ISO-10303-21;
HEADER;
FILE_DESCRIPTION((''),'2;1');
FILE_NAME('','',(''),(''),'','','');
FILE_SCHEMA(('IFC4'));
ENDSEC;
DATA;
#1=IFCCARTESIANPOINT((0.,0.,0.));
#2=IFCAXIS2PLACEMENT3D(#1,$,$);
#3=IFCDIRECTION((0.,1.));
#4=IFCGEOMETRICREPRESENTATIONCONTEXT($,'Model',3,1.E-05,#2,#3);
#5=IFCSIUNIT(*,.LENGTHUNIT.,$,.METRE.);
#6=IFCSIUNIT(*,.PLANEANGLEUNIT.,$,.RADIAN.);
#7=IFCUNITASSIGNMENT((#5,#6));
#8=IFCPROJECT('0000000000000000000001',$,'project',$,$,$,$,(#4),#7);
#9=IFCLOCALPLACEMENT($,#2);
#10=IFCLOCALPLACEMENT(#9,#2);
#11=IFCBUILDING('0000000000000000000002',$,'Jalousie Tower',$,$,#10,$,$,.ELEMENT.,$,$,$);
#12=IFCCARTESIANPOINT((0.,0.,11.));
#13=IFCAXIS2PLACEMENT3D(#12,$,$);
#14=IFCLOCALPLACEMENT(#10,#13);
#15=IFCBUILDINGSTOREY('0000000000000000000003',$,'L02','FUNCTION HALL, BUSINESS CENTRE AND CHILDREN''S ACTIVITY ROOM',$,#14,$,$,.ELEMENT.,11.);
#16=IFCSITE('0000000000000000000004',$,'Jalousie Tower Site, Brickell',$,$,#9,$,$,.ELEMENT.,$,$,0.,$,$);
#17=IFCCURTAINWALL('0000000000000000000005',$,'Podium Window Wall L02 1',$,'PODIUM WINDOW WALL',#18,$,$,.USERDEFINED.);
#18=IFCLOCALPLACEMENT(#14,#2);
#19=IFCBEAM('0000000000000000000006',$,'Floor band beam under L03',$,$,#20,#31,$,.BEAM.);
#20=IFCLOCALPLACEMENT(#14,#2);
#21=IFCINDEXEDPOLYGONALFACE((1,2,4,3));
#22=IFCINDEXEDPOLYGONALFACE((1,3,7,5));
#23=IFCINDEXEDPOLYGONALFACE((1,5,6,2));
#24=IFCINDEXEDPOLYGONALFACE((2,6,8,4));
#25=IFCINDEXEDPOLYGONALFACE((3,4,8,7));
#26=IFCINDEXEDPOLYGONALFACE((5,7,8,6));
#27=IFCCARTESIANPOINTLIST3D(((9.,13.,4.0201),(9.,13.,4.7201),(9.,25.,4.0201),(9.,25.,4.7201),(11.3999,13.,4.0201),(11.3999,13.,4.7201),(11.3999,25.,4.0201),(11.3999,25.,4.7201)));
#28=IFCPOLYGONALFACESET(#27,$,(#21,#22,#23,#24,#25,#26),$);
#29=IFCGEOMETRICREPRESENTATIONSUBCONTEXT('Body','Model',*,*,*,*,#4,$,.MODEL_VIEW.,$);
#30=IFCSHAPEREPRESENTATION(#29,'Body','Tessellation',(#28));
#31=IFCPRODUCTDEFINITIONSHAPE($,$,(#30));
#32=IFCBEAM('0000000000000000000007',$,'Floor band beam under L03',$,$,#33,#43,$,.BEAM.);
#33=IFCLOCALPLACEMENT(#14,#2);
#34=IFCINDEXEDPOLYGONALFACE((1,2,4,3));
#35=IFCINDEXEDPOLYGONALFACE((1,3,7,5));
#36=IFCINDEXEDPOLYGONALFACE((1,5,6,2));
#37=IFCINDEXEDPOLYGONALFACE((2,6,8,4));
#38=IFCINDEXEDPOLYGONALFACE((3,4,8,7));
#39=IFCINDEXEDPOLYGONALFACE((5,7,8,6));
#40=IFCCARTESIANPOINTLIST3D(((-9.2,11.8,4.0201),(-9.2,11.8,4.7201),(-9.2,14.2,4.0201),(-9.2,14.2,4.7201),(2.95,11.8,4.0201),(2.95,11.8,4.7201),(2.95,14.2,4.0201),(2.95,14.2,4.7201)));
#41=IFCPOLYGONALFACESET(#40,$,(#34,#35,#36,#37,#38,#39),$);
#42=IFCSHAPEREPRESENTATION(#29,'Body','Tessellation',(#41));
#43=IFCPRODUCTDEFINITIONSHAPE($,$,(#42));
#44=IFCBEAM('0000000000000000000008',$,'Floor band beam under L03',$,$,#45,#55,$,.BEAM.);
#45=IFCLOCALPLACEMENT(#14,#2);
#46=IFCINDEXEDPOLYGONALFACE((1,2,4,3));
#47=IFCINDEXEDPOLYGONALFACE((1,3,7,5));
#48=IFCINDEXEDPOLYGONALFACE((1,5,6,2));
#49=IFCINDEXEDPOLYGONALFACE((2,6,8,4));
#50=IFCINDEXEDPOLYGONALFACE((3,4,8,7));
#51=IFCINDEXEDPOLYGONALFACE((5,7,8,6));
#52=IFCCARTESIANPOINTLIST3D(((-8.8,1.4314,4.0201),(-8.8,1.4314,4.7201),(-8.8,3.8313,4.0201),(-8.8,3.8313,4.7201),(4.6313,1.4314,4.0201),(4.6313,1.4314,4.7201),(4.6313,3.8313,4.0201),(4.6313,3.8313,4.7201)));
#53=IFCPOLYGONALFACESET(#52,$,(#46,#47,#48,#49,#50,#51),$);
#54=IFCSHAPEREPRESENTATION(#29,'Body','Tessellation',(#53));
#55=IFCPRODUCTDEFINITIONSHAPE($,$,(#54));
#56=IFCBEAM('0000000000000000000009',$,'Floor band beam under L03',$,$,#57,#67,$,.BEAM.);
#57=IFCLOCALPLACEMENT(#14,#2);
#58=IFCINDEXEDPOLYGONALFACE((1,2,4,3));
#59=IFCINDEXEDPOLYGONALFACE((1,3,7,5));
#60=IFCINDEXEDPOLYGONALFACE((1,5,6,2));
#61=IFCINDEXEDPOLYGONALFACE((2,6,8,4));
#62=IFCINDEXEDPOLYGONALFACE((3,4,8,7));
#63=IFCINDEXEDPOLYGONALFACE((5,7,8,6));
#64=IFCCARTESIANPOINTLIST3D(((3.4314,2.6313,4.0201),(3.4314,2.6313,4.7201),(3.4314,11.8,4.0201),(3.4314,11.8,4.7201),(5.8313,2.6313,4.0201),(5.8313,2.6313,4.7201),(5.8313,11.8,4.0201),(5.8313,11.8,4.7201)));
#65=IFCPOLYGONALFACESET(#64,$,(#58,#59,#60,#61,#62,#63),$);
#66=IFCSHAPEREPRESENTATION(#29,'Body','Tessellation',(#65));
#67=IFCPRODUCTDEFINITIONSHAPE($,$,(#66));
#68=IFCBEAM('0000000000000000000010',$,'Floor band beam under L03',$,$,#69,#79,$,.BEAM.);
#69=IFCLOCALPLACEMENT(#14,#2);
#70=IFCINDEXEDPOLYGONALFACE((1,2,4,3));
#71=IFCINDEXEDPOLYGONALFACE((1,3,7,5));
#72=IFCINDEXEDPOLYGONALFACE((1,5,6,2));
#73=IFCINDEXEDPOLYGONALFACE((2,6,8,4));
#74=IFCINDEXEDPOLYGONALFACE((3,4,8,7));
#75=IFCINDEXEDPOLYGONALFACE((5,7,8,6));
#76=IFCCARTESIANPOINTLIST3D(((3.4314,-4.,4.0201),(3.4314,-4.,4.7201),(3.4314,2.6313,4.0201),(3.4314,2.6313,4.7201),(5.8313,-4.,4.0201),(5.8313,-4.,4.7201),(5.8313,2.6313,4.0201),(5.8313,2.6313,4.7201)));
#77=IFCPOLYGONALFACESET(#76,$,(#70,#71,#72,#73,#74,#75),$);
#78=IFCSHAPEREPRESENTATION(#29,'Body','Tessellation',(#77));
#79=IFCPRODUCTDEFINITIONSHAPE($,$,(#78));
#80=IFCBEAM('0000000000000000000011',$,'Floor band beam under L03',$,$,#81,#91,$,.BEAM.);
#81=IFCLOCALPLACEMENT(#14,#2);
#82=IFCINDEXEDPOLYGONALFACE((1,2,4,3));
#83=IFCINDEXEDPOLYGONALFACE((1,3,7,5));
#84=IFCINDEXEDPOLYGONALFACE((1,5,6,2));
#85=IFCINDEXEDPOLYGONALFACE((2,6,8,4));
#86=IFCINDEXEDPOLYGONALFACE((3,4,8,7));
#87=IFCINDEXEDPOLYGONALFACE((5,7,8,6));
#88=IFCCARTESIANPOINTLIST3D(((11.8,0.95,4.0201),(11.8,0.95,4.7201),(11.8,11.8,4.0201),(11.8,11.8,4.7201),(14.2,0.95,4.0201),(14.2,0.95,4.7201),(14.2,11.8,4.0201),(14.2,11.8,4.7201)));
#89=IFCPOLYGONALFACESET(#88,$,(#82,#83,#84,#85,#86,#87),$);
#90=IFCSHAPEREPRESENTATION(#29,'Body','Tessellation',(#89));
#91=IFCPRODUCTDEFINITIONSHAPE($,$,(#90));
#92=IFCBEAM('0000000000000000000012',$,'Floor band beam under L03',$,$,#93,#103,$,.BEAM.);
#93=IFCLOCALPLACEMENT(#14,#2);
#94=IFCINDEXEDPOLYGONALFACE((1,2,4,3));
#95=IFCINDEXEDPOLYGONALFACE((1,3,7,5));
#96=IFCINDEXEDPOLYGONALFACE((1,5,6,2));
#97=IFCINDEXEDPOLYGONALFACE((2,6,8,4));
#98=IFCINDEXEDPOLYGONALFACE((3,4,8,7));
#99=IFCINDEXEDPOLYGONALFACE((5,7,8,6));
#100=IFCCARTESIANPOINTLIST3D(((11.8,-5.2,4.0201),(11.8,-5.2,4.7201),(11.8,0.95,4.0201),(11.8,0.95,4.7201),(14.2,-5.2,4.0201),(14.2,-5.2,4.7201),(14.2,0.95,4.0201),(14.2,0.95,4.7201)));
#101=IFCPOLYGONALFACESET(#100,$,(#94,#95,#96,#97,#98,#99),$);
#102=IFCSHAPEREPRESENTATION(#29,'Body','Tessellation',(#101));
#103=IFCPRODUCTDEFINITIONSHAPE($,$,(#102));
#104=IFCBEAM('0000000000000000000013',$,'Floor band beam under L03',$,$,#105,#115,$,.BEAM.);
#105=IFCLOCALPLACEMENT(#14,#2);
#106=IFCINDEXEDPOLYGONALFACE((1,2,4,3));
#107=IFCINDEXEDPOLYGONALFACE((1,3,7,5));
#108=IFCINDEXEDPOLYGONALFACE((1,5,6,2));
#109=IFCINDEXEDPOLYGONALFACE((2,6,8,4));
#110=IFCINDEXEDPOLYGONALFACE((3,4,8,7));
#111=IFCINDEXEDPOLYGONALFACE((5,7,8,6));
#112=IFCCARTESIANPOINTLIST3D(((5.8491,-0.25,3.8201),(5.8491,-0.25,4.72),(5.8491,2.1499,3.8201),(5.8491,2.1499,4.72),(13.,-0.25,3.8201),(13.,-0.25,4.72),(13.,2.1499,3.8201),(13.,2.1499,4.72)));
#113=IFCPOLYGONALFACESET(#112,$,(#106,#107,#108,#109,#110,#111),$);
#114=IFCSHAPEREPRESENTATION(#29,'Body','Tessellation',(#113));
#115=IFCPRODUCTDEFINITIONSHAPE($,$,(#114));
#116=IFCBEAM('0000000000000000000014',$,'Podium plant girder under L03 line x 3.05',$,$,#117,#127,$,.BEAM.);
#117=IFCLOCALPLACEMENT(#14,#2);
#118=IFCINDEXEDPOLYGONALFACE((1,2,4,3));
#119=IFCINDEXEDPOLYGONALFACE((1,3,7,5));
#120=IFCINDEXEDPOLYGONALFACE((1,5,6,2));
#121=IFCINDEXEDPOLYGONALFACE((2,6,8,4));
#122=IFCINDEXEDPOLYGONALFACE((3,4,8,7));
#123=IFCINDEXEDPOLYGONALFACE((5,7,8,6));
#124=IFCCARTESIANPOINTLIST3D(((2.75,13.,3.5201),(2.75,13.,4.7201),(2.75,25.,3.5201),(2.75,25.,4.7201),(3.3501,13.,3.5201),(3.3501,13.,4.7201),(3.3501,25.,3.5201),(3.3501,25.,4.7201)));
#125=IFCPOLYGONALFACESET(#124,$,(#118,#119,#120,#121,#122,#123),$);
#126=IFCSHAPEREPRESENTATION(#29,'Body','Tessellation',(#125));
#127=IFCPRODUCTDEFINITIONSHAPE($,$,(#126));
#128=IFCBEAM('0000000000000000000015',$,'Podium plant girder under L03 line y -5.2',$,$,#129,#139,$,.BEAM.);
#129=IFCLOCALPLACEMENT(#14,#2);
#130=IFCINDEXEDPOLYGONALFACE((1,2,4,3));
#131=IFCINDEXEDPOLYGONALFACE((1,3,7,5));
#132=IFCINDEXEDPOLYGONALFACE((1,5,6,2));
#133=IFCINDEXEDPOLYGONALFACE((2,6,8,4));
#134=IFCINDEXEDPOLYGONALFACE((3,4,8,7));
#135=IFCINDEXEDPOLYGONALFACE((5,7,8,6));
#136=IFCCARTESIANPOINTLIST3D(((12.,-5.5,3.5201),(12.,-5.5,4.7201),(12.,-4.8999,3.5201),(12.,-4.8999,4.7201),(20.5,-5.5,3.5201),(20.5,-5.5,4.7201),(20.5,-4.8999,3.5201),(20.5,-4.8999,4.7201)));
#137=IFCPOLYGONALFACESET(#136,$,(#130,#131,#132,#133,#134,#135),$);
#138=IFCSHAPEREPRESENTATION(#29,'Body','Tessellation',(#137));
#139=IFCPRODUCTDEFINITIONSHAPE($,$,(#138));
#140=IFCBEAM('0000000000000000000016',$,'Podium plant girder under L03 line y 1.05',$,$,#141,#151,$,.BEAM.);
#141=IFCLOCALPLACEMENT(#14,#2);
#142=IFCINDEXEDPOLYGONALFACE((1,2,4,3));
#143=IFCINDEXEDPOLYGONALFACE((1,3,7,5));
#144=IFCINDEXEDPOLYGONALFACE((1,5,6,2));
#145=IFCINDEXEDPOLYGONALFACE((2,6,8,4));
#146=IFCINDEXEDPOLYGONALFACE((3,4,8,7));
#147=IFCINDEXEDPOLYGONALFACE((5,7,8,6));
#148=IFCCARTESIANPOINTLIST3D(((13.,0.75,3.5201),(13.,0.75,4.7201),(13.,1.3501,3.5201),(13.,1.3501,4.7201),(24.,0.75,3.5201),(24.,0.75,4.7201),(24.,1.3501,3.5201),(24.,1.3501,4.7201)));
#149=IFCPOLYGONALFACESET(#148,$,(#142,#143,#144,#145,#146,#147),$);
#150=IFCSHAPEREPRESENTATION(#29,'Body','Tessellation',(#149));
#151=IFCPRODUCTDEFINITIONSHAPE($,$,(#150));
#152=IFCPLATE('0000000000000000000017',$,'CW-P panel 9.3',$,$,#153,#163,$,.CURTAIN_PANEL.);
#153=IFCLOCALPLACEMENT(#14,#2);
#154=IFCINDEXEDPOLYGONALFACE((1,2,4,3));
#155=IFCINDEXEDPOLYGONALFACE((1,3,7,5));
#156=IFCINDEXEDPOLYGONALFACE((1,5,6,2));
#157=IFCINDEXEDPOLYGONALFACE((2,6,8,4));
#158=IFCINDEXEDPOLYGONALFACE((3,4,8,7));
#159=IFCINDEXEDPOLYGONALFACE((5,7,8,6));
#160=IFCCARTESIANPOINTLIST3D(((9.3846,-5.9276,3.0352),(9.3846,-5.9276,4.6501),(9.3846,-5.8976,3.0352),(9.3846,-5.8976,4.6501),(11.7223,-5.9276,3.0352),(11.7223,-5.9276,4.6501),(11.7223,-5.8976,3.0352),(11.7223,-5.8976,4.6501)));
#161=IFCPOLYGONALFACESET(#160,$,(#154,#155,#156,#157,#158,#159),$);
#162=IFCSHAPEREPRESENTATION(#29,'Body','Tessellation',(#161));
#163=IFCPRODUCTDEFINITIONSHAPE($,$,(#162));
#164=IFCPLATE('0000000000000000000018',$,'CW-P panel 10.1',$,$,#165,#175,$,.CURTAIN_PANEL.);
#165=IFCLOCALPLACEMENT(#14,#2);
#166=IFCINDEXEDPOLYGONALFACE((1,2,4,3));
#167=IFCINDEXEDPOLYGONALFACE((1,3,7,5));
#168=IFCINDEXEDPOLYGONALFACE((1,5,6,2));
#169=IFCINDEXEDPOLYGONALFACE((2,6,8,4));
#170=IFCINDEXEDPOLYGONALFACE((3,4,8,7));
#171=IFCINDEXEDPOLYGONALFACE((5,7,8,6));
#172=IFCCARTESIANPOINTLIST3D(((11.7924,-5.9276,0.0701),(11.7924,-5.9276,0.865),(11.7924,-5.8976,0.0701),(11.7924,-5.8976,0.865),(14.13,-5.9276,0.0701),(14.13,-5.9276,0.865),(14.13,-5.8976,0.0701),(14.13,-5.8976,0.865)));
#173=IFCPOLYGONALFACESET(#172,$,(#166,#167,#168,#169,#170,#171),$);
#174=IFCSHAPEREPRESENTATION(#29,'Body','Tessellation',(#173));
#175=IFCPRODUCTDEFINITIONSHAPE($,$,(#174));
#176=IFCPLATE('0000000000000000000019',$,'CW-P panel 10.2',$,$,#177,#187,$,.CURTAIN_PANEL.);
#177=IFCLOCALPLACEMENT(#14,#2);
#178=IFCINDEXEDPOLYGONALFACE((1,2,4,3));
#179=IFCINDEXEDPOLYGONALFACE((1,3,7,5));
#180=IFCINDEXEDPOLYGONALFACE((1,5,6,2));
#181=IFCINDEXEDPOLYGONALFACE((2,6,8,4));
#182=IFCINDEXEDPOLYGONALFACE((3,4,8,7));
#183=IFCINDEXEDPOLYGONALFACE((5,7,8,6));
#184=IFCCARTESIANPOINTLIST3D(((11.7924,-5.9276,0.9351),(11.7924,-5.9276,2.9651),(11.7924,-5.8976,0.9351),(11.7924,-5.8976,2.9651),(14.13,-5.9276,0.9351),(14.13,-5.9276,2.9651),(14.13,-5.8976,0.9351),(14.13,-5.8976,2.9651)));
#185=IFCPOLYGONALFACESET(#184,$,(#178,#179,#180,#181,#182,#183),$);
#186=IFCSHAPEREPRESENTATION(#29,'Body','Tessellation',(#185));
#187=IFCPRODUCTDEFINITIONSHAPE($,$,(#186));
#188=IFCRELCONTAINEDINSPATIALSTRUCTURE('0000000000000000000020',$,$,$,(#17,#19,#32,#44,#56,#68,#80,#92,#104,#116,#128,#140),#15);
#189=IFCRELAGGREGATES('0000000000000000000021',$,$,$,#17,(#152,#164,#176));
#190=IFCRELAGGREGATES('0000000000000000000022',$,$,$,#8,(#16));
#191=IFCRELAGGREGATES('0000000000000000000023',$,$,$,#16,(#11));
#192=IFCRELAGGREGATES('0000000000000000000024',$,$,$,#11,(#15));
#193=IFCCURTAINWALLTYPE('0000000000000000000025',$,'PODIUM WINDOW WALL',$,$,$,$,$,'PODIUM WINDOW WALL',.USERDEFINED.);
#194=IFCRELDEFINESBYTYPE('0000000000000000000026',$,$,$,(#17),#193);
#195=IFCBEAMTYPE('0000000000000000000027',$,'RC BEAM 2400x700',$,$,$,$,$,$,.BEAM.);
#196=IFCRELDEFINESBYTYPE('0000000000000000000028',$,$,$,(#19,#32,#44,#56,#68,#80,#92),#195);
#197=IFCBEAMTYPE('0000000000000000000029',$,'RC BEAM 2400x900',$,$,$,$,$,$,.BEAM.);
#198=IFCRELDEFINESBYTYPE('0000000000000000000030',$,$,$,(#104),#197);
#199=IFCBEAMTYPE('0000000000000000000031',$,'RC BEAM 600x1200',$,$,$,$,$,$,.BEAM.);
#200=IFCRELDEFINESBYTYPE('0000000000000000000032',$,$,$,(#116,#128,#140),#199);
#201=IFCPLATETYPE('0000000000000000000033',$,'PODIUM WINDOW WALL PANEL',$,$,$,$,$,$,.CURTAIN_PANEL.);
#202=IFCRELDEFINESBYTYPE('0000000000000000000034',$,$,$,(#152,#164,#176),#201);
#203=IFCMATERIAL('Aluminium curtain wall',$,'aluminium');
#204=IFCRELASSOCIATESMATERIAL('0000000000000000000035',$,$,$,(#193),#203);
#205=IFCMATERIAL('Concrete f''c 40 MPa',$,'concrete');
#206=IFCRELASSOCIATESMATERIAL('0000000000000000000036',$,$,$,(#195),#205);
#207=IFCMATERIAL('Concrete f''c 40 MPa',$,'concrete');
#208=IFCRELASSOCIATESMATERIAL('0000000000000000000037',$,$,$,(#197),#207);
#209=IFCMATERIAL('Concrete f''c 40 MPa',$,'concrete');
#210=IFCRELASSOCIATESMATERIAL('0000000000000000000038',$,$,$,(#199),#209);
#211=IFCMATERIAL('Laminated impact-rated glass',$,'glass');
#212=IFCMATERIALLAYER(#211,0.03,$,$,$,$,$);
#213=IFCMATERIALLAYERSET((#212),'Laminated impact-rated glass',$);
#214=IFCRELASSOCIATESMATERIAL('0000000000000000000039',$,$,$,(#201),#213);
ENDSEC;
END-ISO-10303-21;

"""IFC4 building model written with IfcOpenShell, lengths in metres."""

from ifc_helpers import new_model, si_unit, direction, frame, origin, origin_2d, place, context, subcontext, project, spatial, rectangle, extrude, material, layer, layer_set, material_profile, profile_set, type_object, element, aggregate, save


model = new_model("IFC4")

# Units and contexts
model_context = context("Model", 3, precision=1e-05, world=origin(), true_north=direction((0.0, 1.0)))
body_context = subcontext(model_context, "Body", "Model", "MODEL_VIEW")
ifc_project = project(units=[si_unit("LENGTHUNIT", "METRE"), si_unit("PLANEANGLEUNIT", "RADIAN")], contexts=[model_context])

# Site, building, storey
site_placement = place(None, origin())
site = spatial("IfcSite", under=ifc_project, at=site_placement, Name="Jalousie Tower Site, Brickell", CompositionType="ELEMENT", RefElevation=0.0)
building_placement = place(site_placement, origin())
building = spatial("IfcBuilding", under=site, at=building_placement, Name="Jalousie Tower", CompositionType="ELEMENT")
storey_placement = place(building_placement, frame((0.0, 0.0, 11.0)))
storey = spatial("IfcBuildingStorey", under=building, at=storey_placement, Name="L02", Description="FUNCTION HALL, BUSINESS CENTRE AND CHILDREN'S ACTIVITY ROOM", CompositionType="ELEMENT", Elevation=11.0)

# Curtain wall
ifc_material_1 = material(Name="Aluminium curtain wall", Category="aluminium")
curtain_wall_type = type_object("IfcCurtainWallType", Name="PODIUM WINDOW WALL", ElementType="PODIUM WINDOW WALL", PredefinedType="USERDEFINED", material=ifc_material_1)
curtain_wall_placement = place(storey_placement, origin())
curtain_wall = element("IfcCurtainWall", 1, at=curtain_wall_placement, inside=storey, type_object=curtain_wall_type, Name="Podium Window Wall L02 1", ObjectType="PODIUM WINDOW WALL", PredefinedType="USERDEFINED")

# Beams
ifc_material_2 = material(Name="Concrete f'c 40 MPa", Category="concrete")
ifc_material_profile_1 = material_profile(ifc_material_2, rectangle(XDim=2.3999, YDim=0.7, at=origin_2d()), Name="RC 2400x700")
ifc_profile_set_1 = profile_set([ifc_material_profile_1], Name="Concrete f'c 40 MPa")
beam_type_1 = type_object("IfcBeamType", Name="RC BEAM 2400x700", PredefinedType="BEAM", material=ifc_profile_set_1)
beam_1_placement = place(storey_placement, frame((10.2, 13.0, 4.3701), z_axis=(0.0, 1.0, 0.0), x_axis=(-1.0, 0.0, 0.0)))
element("IfcBeam", 2, at=beam_1_placement, inside=storey, type_object=beam_type_1, Name="Floor band beam under L03", PredefinedType="BEAM", context=body_context, shape_type="SweptSolid", body=[
    extrude(rectangle(XDim=2.3999, YDim=0.7, at=origin_2d()), origin(), (0.0, 0.0, 1.0), 12.0),
])
beam_2_placement = place(storey_placement, frame((2.95, 13.0, 4.3701), z_axis=(-1.0, 0.0, 0.0), x_axis=(0.0, -1.0, 0.0)))
element("IfcBeam", 3, at=beam_2_placement, inside=storey, type_object=beam_type_1, Name="Floor band beam under L03", PredefinedType="BEAM", context=body_context, shape_type="SweptSolid", body=[
    extrude(rectangle(XDim=2.3999, YDim=0.7, at=origin_2d()), origin(), (0.0, 0.0, 1.0), 12.1499),
])
beam_3_placement = place(storey_placement, frame((4.6313, 2.6313, 4.3701), z_axis=(-1.0, 0.0, 0.0), x_axis=(0.0, -1.0, 0.0)))
element("IfcBeam", 4, at=beam_3_placement, inside=storey, type_object=beam_type_1, Name="Floor band beam under L03", PredefinedType="BEAM", context=body_context, shape_type="SweptSolid", body=[
    extrude(rectangle(XDim=2.3999, YDim=0.7, at=origin_2d()), origin(), (0.0, 0.0, 1.0), 13.4314),
])
beam_4_placement = place(storey_placement, frame((4.6313, 2.6313, 4.3701), z_axis=(0.0, 1.0, 0.0), x_axis=(-1.0, 0.0, 0.0)))
element("IfcBeam", 5, at=beam_4_placement, inside=storey, type_object=beam_type_1, Name="Floor band beam under L03", PredefinedType="BEAM", context=body_context, shape_type="SweptSolid", body=[
    extrude(rectangle(XDim=2.3999, YDim=0.7, at=origin_2d()), origin(), (0.0, 0.0, 1.0), 9.1687),
])
beam_5_placement = place(storey_placement, frame((4.6313, 2.6313, 4.3701), z_axis=(0.0, -1.0, 0.0), x_axis=(1.0, 0.0, 0.0)))
element("IfcBeam", 6, at=beam_5_placement, inside=storey, type_object=beam_type_1, Name="Floor band beam under L03", PredefinedType="BEAM", context=body_context, shape_type="SweptSolid", body=[
    extrude(rectangle(XDim=2.3999, YDim=0.7, at=origin_2d()), origin(), (0.0, 0.0, 1.0), 6.6313),
])
beam_6_placement = place(storey_placement, frame((13.0, 0.95, 4.3701), z_axis=(0.0, 1.0, 0.0), x_axis=(-1.0, 0.0, 0.0)))
element("IfcBeam", 7, at=beam_6_placement, inside=storey, type_object=beam_type_1, Name="Floor band beam under L03", PredefinedType="BEAM", context=body_context, shape_type="SweptSolid", body=[
    extrude(rectangle(XDim=2.3999, YDim=0.7, at=origin_2d()), origin(), (0.0, 0.0, 1.0), 10.8501),
])
beam_7_placement = place(storey_placement, frame((13.0, 0.95, 4.3701), z_axis=(0.0, -1.0, 0.0), x_axis=(1.0, 0.0, 0.0)))
element("IfcBeam", 8, at=beam_7_placement, inside=storey, type_object=beam_type_1, Name="Floor band beam under L03", PredefinedType="BEAM", context=body_context, shape_type="SweptSolid", body=[
    extrude(rectangle(XDim=2.3999, YDim=0.7, at=origin_2d()), origin(), (0.0, 0.0, 1.0), 6.1499),
])
ifc_material_3 = material(Name="Concrete f'c 40 MPa", Category="concrete")
ifc_material_profile_2 = material_profile(ifc_material_3, rectangle(XDim=2.3999, YDim=0.8999, at=origin_2d()), Name="RC 2400x900")
ifc_profile_set_2 = profile_set([ifc_material_profile_2], Name="Concrete f'c 40 MPa")
beam_type_2 = type_object("IfcBeamType", Name="RC BEAM 2400x900", PredefinedType="BEAM", material=ifc_profile_set_2)
beam_8_placement = place(storey_placement, frame((13.0, 0.95, 4.27), z_axis=(-1.0, 0.0, 0.0), x_axis=(0.0, -1.0, 0.0)))
element("IfcBeam", 9, at=beam_8_placement, inside=storey, type_object=beam_type_2, Name="Floor band beam under L03", PredefinedType="BEAM", context=body_context, shape_type="SweptSolid", body=[
    extrude(rectangle(XDim=2.3999, YDim=0.8999, at=origin_2d()), origin(), (0.0, 0.0, 1.0), 7.1509),
])
ifc_material_4 = material(Name="Concrete f'c 40 MPa", Category="concrete")
ifc_material_profile_3 = material_profile(ifc_material_4, rectangle(XDim=0.6001, YDim=1.2, at=origin_2d()), Name="RC 600x1200")
ifc_profile_set_3 = profile_set([ifc_material_profile_3], Name="Concrete f'c 40 MPa")
beam_type_3 = type_object("IfcBeamType", Name="RC BEAM 600x1200", PredefinedType="BEAM", material=ifc_profile_set_3)
beam_9_placement = place(storey_placement, frame((3.05, 13.0, 4.1201), z_axis=(0.0, 1.0, 0.0), x_axis=(-1.0, 0.0, 0.0)))
element("IfcBeam", 10, at=beam_9_placement, inside=storey, type_object=beam_type_3, Name="Podium plant girder under L03 line x 3.05", PredefinedType="BEAM", context=body_context, shape_type="SweptSolid", body=[
    extrude(rectangle(XDim=0.6001, YDim=1.2, at=origin_2d()), origin(), (0.0, 0.0, 1.0), 12.0),
])
beam_10_placement = place(storey_placement, frame((12.0, -5.2, 4.1201), z_axis=(1.0, 0.0, 0.0), x_axis=(0.0, 1.0, 0.0)))
element("IfcBeam", 11, at=beam_10_placement, inside=storey, type_object=beam_type_3, Name="Podium plant girder under L03 line y -5.2", PredefinedType="BEAM", context=body_context, shape_type="SweptSolid", body=[
    extrude(rectangle(XDim=0.6001, YDim=1.2, at=origin_2d()), origin(), (0.0, 0.0, 1.0), 8.5),
])
beam_11_placement = place(storey_placement, frame((13.0, 1.05, 4.1201), z_axis=(1.0, 0.0, 0.0), x_axis=(0.0, 1.0, 0.0)))
element("IfcBeam", 12, at=beam_11_placement, inside=storey, type_object=beam_type_3, Name="Podium plant girder under L03 line y 1.05", PredefinedType="BEAM", context=body_context, shape_type="SweptSolid", body=[
    extrude(rectangle(XDim=0.6001, YDim=1.2, at=origin_2d()), origin(), (0.0, 0.0, 1.0), 11.0),
])

# Plates
ifc_material_5 = material(Name="Laminated impact-rated glass", Category="glass")
ifc_layer_1 = layer(ifc_material_5, 0.03)
ifc_layer_set_1 = layer_set([ifc_layer_1], Name="Laminated impact-rated glass")
plate_type = type_object("IfcPlateType", Name="PODIUM WINDOW WALL PANEL", PredefinedType="CURTAIN_PANEL", material=ifc_layer_set_1)
plate_1_placement = place(storey_placement, frame((10.5535, -5.9126, 3.0352), z_axis=(0.0, 0.0, 1.0), x_axis=(1.0, 0.0, 0.0)))
plate_1 = element("IfcPlate", 13, at=plate_1_placement, type_object=plate_type, Name="CW-P panel 9.3", PredefinedType="CURTAIN_PANEL", context=body_context, shape_type="SweptSolid", body=[
    extrude(rectangle(XDim=2.3376, YDim=0.03, at=origin_2d()), origin(), (0.0, 0.0, 1.0), 1.615),
])
plate_2_placement = place(storey_placement, frame((12.9612, -5.9126, 0.0701), z_axis=(0.0, 0.0, 1.0), x_axis=(1.0, 0.0, 0.0)))
plate_2 = element("IfcPlate", 14, at=plate_2_placement, type_object=plate_type, Name="CW-P panel 10.1", PredefinedType="CURTAIN_PANEL", context=body_context, shape_type="SweptSolid", body=[
    extrude(rectangle(XDim=2.3376, YDim=0.03, at=origin_2d()), origin(), (0.0, 0.0, 1.0), 0.7949),
])
plate_3_placement = place(storey_placement, frame((12.9612, -5.9126, 0.9351), z_axis=(0.0, 0.0, 1.0), x_axis=(1.0, 0.0, 0.0)))
plate_3 = element("IfcPlate", 15, at=plate_3_placement, type_object=plate_type, Name="CW-P panel 10.2", PredefinedType="CURTAIN_PANEL", context=body_context, shape_type="SweptSolid", body=[
    extrude(rectangle(XDim=2.3376, YDim=0.03, at=origin_2d()), origin(), (0.0, 0.0, 1.0), 2.03),
])
aggregate(curtain_wall, [plate_1, plate_2, plate_3])

save(model, "model.ifc")
